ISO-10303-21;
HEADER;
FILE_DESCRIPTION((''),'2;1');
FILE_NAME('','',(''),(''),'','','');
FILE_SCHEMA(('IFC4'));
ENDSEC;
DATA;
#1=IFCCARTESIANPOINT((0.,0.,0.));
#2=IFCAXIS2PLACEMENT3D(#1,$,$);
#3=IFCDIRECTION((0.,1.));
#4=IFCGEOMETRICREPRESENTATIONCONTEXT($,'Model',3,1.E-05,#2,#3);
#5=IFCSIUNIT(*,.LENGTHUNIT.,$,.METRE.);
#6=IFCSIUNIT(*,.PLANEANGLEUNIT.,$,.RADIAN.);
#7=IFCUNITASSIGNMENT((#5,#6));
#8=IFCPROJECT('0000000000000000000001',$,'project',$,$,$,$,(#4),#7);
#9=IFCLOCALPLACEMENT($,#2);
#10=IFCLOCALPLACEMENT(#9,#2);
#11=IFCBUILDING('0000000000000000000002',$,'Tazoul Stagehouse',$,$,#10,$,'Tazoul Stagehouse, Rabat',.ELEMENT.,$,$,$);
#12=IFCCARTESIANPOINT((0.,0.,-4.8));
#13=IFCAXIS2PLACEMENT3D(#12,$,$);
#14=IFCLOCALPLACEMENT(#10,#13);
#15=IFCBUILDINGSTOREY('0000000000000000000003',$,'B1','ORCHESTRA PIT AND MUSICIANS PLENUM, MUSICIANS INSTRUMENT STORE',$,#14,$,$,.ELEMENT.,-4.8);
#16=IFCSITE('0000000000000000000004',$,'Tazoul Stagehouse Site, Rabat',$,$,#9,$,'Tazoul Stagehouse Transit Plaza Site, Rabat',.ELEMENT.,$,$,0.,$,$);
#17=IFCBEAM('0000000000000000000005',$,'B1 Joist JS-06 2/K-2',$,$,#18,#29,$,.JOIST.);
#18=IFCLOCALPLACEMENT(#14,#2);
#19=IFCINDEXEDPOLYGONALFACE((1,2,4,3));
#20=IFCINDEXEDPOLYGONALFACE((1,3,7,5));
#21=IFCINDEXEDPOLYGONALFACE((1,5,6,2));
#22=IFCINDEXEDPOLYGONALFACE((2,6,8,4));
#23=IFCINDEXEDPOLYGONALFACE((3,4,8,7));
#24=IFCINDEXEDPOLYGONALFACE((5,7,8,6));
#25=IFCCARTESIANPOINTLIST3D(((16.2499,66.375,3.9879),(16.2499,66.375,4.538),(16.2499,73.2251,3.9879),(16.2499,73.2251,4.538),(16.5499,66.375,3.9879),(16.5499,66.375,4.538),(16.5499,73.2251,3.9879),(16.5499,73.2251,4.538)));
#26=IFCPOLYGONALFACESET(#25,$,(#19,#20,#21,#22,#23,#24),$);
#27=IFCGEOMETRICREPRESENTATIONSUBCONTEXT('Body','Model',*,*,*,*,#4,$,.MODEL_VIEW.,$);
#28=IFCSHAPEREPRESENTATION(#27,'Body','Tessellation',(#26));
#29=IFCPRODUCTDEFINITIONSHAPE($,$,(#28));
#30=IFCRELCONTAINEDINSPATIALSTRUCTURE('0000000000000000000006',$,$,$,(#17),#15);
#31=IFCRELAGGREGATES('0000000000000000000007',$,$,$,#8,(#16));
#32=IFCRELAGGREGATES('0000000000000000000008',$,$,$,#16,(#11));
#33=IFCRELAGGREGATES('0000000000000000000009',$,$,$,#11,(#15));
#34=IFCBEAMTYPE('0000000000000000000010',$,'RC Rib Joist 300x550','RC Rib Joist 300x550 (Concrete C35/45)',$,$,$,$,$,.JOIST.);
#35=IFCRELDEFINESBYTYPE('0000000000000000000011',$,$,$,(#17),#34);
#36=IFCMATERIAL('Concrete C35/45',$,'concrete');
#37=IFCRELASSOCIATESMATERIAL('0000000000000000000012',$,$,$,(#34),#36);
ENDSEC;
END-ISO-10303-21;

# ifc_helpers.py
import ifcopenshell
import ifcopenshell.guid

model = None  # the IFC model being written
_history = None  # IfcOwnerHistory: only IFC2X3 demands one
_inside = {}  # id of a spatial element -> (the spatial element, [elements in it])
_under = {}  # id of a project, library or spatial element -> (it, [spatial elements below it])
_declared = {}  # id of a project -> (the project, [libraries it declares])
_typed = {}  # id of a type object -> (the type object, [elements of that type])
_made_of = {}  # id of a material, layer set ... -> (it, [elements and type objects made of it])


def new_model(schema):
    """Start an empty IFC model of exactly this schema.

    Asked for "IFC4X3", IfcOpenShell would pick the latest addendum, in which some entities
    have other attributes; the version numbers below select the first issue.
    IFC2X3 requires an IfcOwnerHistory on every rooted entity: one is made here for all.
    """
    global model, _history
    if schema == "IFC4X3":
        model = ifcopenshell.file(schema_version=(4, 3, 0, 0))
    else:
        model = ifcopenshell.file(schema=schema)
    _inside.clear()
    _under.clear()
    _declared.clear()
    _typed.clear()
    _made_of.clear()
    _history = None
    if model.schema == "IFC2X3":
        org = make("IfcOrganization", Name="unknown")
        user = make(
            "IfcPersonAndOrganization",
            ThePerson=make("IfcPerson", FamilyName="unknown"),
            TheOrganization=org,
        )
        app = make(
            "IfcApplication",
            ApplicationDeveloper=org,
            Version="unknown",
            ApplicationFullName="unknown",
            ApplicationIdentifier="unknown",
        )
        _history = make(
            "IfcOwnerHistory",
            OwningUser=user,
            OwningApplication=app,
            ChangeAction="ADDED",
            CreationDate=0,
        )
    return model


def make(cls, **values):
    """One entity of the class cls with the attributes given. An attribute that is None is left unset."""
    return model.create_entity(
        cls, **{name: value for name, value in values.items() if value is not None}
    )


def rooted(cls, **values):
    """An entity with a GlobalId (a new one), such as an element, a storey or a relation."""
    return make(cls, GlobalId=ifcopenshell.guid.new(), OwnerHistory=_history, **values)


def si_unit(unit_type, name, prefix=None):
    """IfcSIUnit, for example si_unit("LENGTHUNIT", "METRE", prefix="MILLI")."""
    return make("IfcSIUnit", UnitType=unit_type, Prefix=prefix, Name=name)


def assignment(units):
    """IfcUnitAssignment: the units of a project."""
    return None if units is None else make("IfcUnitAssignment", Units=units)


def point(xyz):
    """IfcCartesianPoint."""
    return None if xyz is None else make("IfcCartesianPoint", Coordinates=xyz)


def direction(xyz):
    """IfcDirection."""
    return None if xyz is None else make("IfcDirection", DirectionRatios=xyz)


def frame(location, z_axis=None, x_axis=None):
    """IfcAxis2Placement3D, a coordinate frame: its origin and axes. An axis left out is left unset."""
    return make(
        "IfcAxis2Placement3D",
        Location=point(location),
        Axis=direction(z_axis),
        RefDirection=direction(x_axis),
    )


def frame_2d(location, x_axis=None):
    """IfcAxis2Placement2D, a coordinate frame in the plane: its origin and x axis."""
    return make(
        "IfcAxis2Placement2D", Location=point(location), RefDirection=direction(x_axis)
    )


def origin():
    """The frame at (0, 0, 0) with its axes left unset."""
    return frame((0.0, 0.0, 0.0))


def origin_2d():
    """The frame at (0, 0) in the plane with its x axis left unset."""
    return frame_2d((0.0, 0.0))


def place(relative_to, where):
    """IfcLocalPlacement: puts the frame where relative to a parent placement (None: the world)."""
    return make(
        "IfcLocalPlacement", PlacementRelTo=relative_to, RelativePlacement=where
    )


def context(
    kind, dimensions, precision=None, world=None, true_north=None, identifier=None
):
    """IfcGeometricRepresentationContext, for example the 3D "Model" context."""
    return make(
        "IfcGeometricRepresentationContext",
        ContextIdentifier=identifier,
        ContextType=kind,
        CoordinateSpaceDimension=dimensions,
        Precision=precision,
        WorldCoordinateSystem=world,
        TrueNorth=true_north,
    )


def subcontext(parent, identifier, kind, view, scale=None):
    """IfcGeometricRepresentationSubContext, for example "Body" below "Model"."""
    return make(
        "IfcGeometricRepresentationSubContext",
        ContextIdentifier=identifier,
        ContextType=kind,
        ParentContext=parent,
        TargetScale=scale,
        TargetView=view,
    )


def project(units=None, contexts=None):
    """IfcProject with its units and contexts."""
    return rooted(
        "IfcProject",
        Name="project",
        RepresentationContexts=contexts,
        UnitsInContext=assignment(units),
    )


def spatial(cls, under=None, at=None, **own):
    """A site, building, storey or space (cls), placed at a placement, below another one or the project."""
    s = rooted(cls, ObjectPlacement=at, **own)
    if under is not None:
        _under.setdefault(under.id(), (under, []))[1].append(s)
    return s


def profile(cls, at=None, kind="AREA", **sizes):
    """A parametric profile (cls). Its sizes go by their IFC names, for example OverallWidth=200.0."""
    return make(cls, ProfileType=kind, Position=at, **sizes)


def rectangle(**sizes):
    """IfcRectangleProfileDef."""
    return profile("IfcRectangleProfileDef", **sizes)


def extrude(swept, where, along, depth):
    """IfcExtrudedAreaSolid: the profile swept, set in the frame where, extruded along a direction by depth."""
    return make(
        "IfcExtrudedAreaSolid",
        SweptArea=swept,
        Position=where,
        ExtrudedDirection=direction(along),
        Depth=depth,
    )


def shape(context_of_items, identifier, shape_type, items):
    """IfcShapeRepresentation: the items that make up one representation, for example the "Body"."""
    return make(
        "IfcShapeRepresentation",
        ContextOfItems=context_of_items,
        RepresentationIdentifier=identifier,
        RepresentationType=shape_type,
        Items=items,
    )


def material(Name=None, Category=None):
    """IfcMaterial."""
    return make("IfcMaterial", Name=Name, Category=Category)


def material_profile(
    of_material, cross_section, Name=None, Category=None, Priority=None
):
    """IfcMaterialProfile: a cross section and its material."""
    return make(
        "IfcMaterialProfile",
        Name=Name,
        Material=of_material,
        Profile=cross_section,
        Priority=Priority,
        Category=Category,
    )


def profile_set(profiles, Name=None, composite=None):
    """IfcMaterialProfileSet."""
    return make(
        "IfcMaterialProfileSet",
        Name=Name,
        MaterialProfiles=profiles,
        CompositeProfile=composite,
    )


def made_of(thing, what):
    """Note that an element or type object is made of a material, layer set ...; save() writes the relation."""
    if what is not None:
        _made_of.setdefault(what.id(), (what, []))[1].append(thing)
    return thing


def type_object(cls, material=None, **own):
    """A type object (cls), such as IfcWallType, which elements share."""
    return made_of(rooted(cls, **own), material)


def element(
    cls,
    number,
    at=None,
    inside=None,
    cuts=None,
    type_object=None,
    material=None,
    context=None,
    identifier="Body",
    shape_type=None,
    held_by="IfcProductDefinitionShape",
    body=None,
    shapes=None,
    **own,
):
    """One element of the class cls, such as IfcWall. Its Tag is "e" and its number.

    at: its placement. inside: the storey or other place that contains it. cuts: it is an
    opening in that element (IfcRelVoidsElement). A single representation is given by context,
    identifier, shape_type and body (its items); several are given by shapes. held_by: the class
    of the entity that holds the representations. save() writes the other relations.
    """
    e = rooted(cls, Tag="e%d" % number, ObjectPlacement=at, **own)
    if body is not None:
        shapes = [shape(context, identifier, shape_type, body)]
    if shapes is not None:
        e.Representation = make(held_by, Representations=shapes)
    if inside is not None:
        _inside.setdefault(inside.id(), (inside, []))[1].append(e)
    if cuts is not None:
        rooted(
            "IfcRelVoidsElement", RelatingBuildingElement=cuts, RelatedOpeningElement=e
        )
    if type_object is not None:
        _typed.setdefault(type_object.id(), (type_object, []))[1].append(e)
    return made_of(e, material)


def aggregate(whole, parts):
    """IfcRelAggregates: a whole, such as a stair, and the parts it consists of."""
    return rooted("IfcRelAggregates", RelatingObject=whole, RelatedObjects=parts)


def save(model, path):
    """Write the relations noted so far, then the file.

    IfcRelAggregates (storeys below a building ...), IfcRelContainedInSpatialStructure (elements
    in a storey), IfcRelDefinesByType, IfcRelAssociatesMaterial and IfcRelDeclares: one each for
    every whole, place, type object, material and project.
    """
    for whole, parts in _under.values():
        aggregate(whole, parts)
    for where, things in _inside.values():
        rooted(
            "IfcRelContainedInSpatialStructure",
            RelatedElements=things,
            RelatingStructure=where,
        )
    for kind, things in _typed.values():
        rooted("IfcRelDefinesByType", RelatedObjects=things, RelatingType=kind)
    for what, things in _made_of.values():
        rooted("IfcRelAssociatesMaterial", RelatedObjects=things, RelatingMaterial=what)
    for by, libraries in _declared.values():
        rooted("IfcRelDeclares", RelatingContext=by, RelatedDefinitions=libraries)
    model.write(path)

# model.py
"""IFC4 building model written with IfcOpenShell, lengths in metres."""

from ifc_helpers import new_model, si_unit, direction, frame, origin, origin_2d, place, context, subcontext, project, spatial, rectangle, extrude, material, material_profile, profile_set, type_object, element, save


model = new_model("IFC4")

# Units and contexts
model_context = context("Model", 3, precision=1e-05, world=origin(), true_north=direction((0.0, 1.0)))
body_context = subcontext(model_context, "Body", "Model", "MODEL_VIEW")
ifc_project = project(units=[si_unit("LENGTHUNIT", "METRE"), si_unit("PLANEANGLEUNIT", "RADIAN")], contexts=[model_context])

# Site, building, storey
site_placement = place(None, origin())
site = spatial("IfcSite", under=ifc_project, at=site_placement, Name="Tazoul Stagehouse Site, Rabat", LongName="Tazoul Stagehouse Transit Plaza Site, Rabat", CompositionType="ELEMENT", RefElevation=0.0)
building_placement = place(site_placement, origin())
building = spatial("IfcBuilding", under=site, at=building_placement, Name="Tazoul Stagehouse", LongName="Tazoul Stagehouse, Rabat", CompositionType="ELEMENT")
storey_placement = place(building_placement, frame((0.0, 0.0, -4.8)))
storey = spatial("IfcBuildingStorey", under=building, at=storey_placement, Name="B1", Description="ORCHESTRA PIT AND MUSICIANS PLENUM, MUSICIANS INSTRUMENT STORE", CompositionType="ELEMENT", Elevation=-4.8)

# Shared definitions
ifc_material_1 = material(Name="Concrete C35/45", Category="concrete")

# Beam
ifc_material_profile_1 = material_profile(ifc_material_1, rectangle(XDim=0.3, YDim=0.55, at=origin_2d()), Name="RC 300x550")
ifc_profile_set_1 = profile_set([ifc_material_profile_1], Name="Concrete C35/45")
beam_type_1 = type_object("IfcBeamType", Name="RC Rib Joist 300x550", Description="RC Rib Joist 300x550 (Concrete C35/45)", PredefinedType="JOIST", material=ifc_profile_set_1)
for number, where, z_axis, x_axis, name in (
    (1, (16.3999, 66.375, 4.2629), (0.0, 1.0, 0.0), (-1.0, 0.0, 0.0), "B1 Joist JS-06 2/K-2"),
):
    element("IfcBeam", number, at=place(storey_placement, frame(where, z_axis=z_axis, x_axis=x_axis)), inside=storey, type_object=beam_type_1, Name=name, PredefinedType="JOIST", context=body_context, shape_type="SweptSolid", body=[
        extrude(rectangle(XDim=0.3, YDim=0.55, at=origin_2d()), origin(), (0.0, 0.0, 1.0), 6.8501),
    ])

save(model, "model.ifc")
